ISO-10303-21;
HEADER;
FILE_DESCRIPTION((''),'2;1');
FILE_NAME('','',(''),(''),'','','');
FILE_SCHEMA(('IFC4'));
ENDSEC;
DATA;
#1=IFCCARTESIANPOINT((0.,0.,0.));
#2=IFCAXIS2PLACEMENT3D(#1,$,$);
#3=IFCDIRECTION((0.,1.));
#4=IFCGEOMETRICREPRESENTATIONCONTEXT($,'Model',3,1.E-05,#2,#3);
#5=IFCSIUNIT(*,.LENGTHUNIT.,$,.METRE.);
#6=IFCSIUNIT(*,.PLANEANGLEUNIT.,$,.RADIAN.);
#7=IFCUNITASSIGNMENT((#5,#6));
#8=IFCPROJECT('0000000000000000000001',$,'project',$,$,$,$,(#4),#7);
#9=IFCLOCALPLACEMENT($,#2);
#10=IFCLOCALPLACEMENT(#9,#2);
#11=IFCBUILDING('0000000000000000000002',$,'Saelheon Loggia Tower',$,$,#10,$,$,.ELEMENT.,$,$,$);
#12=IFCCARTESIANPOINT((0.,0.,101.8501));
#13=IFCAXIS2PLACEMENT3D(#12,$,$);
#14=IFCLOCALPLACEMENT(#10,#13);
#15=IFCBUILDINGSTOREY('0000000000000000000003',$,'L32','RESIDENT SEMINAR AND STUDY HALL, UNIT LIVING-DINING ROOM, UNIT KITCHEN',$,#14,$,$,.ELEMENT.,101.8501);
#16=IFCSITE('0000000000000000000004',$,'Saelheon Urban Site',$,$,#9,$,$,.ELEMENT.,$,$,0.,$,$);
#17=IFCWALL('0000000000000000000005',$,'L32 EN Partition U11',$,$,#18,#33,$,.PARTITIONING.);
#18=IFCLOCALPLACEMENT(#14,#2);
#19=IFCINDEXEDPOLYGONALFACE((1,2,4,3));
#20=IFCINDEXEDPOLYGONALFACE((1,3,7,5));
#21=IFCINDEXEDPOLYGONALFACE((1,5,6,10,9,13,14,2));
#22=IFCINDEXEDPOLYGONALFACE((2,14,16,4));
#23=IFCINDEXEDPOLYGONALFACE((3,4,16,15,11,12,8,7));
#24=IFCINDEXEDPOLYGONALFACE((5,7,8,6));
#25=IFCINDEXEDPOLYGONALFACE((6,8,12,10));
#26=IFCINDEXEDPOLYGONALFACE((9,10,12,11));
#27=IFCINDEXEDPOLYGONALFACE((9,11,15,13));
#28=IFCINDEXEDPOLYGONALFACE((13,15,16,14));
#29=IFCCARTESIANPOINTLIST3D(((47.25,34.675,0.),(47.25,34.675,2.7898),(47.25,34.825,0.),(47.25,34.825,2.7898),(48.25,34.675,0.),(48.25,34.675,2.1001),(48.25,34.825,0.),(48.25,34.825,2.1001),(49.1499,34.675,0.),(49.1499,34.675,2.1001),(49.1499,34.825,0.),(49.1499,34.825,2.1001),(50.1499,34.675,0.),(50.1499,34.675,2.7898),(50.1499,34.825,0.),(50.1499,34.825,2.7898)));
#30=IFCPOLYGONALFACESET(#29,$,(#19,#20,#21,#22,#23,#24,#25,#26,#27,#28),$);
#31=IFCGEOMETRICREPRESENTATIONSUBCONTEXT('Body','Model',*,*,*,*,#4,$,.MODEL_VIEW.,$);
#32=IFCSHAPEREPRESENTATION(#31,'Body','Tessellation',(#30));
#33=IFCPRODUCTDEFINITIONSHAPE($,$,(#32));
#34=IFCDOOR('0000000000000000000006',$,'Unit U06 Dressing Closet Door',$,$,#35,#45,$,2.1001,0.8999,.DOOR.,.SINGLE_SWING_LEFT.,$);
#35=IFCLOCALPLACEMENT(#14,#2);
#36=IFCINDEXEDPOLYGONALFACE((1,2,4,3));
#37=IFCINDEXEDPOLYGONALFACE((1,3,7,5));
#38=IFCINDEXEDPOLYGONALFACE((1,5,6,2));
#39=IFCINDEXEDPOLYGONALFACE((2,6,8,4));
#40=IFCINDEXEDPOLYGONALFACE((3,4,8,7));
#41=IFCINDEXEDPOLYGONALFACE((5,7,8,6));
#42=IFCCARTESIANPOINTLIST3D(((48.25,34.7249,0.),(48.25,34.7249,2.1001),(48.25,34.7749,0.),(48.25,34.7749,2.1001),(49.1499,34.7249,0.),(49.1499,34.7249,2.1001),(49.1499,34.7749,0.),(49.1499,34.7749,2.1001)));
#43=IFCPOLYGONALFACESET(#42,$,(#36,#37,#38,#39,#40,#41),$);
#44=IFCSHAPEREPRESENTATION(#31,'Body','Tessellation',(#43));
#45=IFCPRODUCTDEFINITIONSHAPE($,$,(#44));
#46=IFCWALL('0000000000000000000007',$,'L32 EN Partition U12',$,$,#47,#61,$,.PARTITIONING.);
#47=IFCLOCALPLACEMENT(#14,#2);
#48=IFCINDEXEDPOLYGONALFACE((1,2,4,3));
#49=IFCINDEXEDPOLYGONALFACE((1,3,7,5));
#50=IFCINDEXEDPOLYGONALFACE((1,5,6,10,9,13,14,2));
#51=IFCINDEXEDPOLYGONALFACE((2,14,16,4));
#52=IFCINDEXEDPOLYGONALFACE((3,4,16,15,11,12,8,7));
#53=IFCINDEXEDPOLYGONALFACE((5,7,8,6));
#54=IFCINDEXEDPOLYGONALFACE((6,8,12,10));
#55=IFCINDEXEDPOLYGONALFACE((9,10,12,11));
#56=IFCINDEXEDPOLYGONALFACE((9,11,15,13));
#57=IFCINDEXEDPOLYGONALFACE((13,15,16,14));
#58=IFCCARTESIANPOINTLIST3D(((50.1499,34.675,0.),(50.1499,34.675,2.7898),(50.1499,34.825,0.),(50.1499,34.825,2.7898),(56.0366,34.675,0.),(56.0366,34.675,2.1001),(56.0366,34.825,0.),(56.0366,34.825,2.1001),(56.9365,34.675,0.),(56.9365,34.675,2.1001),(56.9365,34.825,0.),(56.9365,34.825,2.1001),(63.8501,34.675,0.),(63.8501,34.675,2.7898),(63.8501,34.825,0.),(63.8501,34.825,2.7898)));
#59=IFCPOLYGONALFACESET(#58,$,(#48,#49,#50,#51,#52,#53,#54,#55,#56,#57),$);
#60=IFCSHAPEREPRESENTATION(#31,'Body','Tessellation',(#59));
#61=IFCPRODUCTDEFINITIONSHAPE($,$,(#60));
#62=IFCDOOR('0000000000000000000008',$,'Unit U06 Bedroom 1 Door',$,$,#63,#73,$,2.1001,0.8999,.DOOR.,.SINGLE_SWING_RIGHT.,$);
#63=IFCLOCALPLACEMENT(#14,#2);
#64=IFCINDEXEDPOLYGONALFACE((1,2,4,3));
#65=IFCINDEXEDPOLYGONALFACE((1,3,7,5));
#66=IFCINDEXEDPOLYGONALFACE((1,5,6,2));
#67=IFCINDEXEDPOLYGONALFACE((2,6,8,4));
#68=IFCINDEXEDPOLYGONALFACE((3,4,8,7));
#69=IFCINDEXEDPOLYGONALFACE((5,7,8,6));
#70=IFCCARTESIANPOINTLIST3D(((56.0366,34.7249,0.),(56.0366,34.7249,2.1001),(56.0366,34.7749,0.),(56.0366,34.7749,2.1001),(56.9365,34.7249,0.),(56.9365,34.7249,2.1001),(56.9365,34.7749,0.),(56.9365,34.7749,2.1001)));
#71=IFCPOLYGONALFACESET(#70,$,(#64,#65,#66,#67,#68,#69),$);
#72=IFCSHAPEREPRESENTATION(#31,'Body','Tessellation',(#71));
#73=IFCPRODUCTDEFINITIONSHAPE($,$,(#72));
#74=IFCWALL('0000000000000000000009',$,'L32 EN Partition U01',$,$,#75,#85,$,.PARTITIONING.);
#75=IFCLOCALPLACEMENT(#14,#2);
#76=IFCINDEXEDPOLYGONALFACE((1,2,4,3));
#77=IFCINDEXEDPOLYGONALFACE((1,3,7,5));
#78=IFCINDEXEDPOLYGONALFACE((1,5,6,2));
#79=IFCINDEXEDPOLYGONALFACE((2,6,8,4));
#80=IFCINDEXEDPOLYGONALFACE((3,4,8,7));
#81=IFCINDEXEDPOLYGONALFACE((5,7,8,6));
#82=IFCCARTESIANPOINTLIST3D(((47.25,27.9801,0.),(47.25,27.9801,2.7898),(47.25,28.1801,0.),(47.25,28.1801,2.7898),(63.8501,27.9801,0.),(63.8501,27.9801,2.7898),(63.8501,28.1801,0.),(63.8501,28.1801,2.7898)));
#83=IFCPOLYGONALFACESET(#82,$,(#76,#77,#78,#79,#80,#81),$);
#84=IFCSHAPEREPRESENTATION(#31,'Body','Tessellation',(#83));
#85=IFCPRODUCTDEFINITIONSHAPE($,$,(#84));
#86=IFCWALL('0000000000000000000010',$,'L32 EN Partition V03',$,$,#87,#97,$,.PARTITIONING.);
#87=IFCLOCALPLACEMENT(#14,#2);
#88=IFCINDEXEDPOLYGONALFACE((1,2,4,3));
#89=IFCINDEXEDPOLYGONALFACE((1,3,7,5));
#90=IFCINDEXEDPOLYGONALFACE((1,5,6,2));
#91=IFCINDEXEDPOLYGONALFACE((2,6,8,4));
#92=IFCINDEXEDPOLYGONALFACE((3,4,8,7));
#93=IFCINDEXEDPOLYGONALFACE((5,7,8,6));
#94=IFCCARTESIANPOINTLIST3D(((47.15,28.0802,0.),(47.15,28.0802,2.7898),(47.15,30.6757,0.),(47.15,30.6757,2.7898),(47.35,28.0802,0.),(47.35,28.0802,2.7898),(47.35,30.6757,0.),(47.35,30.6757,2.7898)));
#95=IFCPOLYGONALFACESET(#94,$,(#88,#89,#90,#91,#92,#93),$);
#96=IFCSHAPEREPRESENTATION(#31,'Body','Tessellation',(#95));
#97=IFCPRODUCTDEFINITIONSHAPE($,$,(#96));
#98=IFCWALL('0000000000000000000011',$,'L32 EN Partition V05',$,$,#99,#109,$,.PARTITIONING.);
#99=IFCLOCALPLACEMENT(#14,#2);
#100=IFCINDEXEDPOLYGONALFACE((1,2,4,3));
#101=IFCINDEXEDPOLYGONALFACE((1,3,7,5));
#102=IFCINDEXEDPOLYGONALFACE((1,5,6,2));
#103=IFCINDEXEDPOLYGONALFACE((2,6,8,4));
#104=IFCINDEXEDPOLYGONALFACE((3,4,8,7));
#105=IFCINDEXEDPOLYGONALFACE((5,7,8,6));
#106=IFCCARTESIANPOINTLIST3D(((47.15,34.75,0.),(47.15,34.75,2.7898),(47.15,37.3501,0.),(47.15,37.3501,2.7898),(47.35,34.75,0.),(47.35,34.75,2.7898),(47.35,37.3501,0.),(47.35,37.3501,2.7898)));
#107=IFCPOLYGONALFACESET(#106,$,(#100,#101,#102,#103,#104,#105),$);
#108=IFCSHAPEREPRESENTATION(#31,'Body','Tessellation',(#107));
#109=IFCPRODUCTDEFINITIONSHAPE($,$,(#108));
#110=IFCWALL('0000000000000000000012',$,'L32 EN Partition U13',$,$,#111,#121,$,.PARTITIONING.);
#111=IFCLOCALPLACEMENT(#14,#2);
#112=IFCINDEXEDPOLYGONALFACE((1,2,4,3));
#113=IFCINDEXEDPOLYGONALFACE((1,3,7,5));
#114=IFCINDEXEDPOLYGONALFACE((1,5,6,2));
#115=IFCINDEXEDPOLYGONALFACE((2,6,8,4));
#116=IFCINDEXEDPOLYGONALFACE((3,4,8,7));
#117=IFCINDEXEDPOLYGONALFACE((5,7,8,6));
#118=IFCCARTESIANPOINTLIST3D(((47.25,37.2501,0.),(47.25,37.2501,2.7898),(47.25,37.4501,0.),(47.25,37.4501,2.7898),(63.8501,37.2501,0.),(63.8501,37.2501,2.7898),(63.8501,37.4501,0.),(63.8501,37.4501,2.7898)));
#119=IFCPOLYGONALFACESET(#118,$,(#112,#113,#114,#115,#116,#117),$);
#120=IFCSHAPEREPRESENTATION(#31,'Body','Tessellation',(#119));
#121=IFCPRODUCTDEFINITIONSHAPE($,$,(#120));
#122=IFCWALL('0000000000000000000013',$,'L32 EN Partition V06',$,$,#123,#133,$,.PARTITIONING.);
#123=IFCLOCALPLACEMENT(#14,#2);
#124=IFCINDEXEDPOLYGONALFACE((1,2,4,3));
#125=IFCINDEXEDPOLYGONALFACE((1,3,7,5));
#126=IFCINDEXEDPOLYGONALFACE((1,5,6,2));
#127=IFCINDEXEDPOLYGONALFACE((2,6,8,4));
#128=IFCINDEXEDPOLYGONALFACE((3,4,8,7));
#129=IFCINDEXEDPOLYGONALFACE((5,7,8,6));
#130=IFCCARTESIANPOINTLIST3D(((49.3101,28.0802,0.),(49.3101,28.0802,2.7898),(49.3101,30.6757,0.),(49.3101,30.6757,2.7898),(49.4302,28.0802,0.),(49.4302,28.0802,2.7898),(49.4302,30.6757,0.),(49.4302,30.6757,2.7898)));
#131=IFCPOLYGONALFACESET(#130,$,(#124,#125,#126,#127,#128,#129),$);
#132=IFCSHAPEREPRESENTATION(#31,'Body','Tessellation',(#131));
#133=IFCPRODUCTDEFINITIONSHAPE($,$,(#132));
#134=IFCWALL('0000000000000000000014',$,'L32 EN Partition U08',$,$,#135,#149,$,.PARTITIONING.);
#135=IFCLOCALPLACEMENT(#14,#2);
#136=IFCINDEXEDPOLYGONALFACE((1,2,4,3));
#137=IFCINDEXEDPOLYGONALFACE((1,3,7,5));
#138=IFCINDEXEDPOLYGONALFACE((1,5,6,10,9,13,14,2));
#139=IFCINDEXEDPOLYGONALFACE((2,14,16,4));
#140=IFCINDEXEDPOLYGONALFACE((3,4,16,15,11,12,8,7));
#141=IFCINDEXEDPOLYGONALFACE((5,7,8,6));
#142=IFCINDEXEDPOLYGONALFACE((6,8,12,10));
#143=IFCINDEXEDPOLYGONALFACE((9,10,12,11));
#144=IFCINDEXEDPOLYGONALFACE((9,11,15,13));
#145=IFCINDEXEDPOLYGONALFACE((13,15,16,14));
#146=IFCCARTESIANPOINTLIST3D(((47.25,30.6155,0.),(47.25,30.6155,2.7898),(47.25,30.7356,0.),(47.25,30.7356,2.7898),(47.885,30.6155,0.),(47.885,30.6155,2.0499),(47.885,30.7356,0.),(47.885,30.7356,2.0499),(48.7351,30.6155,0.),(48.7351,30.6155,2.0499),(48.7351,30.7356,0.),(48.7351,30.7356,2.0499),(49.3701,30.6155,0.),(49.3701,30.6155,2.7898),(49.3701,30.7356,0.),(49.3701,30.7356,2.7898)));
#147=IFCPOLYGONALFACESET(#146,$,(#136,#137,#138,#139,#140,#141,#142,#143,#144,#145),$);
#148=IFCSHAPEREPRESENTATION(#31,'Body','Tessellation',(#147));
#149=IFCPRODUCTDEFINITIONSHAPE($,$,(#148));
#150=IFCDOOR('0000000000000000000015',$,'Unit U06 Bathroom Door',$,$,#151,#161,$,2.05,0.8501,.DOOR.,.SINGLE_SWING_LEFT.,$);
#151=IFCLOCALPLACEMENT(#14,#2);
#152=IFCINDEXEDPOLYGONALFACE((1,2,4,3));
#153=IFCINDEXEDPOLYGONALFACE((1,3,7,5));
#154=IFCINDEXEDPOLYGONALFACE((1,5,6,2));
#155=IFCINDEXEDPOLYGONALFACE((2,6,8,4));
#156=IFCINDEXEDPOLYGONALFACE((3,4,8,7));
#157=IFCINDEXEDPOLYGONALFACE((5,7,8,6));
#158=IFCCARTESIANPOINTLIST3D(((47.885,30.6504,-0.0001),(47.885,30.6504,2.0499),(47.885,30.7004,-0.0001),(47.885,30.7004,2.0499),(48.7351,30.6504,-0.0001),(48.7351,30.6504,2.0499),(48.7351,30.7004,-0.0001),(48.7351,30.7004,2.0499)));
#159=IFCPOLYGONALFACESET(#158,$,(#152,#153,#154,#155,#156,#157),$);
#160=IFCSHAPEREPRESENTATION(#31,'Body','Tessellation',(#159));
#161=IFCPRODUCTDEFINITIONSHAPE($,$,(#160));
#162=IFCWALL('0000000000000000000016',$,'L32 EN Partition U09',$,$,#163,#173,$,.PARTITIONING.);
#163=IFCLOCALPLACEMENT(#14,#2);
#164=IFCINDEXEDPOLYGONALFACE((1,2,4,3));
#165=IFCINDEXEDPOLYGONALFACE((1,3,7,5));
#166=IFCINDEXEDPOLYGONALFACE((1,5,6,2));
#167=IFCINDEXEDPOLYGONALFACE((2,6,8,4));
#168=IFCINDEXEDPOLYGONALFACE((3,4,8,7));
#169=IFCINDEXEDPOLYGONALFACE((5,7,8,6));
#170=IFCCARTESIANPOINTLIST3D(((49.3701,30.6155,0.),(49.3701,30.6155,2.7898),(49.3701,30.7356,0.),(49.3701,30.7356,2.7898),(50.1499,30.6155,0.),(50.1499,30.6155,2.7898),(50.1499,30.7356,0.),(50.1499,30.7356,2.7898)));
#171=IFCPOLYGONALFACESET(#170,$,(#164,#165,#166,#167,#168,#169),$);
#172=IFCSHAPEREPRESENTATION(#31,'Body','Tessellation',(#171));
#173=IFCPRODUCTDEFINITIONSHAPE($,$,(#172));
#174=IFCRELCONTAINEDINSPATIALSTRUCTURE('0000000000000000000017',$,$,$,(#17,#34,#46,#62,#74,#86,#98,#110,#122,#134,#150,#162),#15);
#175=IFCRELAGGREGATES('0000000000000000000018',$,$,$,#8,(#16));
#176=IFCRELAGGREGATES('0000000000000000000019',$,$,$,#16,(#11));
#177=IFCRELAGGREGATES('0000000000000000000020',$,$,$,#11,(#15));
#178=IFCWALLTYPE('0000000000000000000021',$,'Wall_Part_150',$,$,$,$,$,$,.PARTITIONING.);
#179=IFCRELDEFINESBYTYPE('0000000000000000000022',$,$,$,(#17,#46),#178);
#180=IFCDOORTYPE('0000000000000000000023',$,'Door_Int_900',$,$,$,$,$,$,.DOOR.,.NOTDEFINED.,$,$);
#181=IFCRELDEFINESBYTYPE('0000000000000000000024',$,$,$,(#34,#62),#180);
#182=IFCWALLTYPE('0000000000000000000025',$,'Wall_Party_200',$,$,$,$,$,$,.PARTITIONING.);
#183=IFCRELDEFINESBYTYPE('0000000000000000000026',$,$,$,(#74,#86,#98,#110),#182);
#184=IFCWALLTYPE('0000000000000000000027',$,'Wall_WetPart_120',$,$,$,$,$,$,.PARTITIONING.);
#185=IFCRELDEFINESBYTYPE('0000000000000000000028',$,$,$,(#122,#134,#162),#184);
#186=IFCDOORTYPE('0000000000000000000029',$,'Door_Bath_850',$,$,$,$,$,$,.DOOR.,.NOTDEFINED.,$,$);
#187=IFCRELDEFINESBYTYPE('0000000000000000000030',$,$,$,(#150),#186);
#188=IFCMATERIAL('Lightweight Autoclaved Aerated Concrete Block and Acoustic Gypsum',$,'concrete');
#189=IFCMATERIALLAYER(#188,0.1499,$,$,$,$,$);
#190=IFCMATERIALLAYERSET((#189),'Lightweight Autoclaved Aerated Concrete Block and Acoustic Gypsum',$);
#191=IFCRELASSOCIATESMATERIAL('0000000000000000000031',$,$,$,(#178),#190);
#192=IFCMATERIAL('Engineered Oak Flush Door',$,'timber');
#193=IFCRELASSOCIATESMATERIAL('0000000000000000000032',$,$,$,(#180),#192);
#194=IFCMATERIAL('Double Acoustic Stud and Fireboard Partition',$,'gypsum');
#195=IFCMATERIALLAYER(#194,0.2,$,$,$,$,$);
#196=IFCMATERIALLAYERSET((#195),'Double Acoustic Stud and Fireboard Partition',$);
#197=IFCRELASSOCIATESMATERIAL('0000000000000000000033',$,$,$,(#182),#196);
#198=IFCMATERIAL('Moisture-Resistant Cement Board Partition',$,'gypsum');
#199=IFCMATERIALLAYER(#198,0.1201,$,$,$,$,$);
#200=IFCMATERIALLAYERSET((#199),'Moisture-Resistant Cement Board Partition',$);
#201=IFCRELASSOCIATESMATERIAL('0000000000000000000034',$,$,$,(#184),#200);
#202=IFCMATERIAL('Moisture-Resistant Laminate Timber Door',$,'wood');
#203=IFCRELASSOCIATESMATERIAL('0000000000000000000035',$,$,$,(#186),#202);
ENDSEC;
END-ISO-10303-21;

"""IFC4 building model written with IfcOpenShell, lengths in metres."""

from ifc_helpers import new_model, si_unit, direction, frame, frame_2d, origin, place, context, subcontext, project, spatial, rectangle, extrude, source, transform, mapped, material, layer, layer_set, type_object, element, fill, save


model = new_model("IFC4")

# Units and contexts
model_context = context("Model", 3, precision=1e-05, world=origin(), true_north=direction((0.0, 1.0)))
body_context = subcontext(model_context, "Body", "Model", "MODEL_VIEW")
ifc_project = project(units=[si_unit("LENGTHUNIT", "METRE"), si_unit("PLANEANGLEUNIT", "RADIAN")], contexts=[model_context])

# Site, building, storey
site_placement = place(None, origin())
site = spatial("IfcSite", under=ifc_project, at=site_placement, Name="Saelheon Urban Site", CompositionType="ELEMENT", RefElevation=0.0)
building_placement = place(site_placement, origin())
building = spatial("IfcBuilding", under=site, at=building_placement, Name="Saelheon Loggia Tower", CompositionType="ELEMENT")
storey_placement = place(building_placement, frame((0.0, 0.0, 101.8501)))
storey = spatial("IfcBuildingStorey", under=building, at=storey_placement, Name="L32", Description="RESIDENT SEMINAR AND STUDY HALL, UNIT LIVING-DINING ROOM, UNIT KITCHEN", CompositionType="ELEMENT", Elevation=101.8501)

# Shared definitions
ifc_material_1 = material(Name="Lightweight Autoclaved Aerated Concrete Block and Acoustic Gypsum", Category="concrete")
ifc_layer_1 = layer(ifc_material_1, 0.1499)
ifc_layer_set_1 = layer_set([ifc_layer_1], Name="Lightweight Autoclaved Aerated Concrete Block and Acoustic Gypsum")
wall_type_1 = type_object("IfcWallType", Name="Wall_Part_150", PredefinedType="PARTITIONING", material=ifc_layer_set_1)

# Walls, openings, doors
ifc_material_2 = material(Name="Engineered Oak Flush Door", Category="timber")
door_type_1 = type_object("IfcDoorType", Name="Door_Int_900", OperationType="NOTDEFINED", PredefinedType="DOOR", material=ifc_material_2)
shared_shape_1 = source(origin(), body_context, "Body", "SweptSolid", [
    extrude(rectangle(XDim=0.8999, YDim=2.1001, at=frame_2d((0.45, 1.05))), frame((0.0, 0.0249, 0.0), z_axis=(0.0, -1.0, 0.0), x_axis=(1.0, 0.0, 0.0)), (0.0, 0.0, 1.0), 0.05),
])
wall_1_placement = place(storey_placement, frame((47.25, 34.75, 0.0), z_axis=(0.0, 0.0, 1.0), x_axis=(1.0, 0.0, 0.0)))
wall_1 = element("IfcWall", 1, at=wall_1_placement, inside=storey, type_object=wall_type_1, Name="L32 EN Partition U11", PredefinedType="PARTITIONING", context=body_context, shape_type="SweptSolid", body=[
    extrude(rectangle(XDim=2.8999, YDim=0.1499, at=frame_2d((1.45, 0.0))), origin(), (0.0, 0.0, 1.0), 2.7898),
])
opening_1_placement = place(wall_1_placement, frame((1.0, 0.0, 0.0)))
opening_1 = element("IfcOpeningElement", 2, at=opening_1_placement, cuts=wall_1, PredefinedType="OPENING", context=body_context, shape_type="SweptSolid", body=[
    extrude(rectangle(XDim=0.8999, YDim=2.1001, at=frame_2d((0.45, 1.05))), frame((0.0, 0.0869, 0.0), z_axis=(0.0, -1.0, 0.0), x_axis=(1.0, 0.0, 0.0)), (0.0, 0.0, 1.0), 0.1738),
])
door_1_placement = place(opening_1_placement, origin())
door_1 = element("IfcDoor", 3, at=door_1_placement, inside=storey, type_object=door_type_1, Name="Unit U06 Dressing Closet Door", OperationType="SINGLE_SWING_LEFT", OverallHeight=2.1001, OverallWidth=0.8999, PredefinedType="DOOR", context=body_context, shape_type="MappedRepresentation", body=[
    mapped(shared_shape_1, transform((0.0, 0.0, 0.0), scale=1.0)),
])
fill(opening_1, door_1)
wall_2_placement = place(storey_placement, frame((50.1499, 34.75, 0.0), z_axis=(0.0, 0.0, 1.0), x_axis=(1.0, 0.0, 0.0)))
wall_2 = element("IfcWall", 4, at=wall_2_placement, inside=storey, type_object=wall_type_1, Name="L32 EN Partition U12", PredefinedType="PARTITIONING", context=body_context, shape_type="SweptSolid", body=[
    extrude(rectangle(XDim=13.7002, YDim=0.1499, at=frame_2d((6.8501, 0.0))), origin(), (0.0, 0.0, 1.0), 2.7898),
])
opening_2_placement = place(wall_2_placement, frame((5.8867, 0.0, 0.0)))
opening_2 = element("IfcOpeningElement", 5, at=opening_2_placement, cuts=wall_2, PredefinedType="OPENING", context=body_context, shape_type="SweptSolid", body=[
    extrude(rectangle(XDim=0.8999, YDim=2.1001, at=frame_2d((0.45, 1.05))), frame((0.0, 0.0869, 0.0), z_axis=(0.0, -1.0, 0.0), x_axis=(1.0, 0.0, 0.0)), (0.0, 0.0, 1.0), 0.1738),
])
door_2_placement = place(opening_2_placement, origin())
door_2 = element("IfcDoor", 6, at=door_2_placement, inside=storey, type_object=door_type_1, Name="Unit U06 Bedroom 1 Door", OperationType="SINGLE_SWING_RIGHT", OverallHeight=2.1001, OverallWidth=0.8999, PredefinedType="DOOR", context=body_context, shape_type="MappedRepresentation", body=[
    mapped(shared_shape_1, transform((0.0, 0.0, 0.0), scale=1.0)),
])
fill(opening_2, door_2)

# Walls
ifc_material_3 = material(Name="Double Acoustic Stud and Fireboard Partition", Category="gypsum")
ifc_layer_2 = layer(ifc_material_3, 0.2)
ifc_layer_set_2 = layer_set([ifc_layer_2], Name="Double Acoustic Stud and Fireboard Partition")
wall_type_2 = type_object("IfcWallType", Name="Wall_Party_200", PredefinedType="PARTITIONING", material=ifc_layer_set_2)
wall_3_placement = place(storey_placement, frame((47.25, 28.0801, 0.0), z_axis=(0.0, 0.0, 1.0), x_axis=(1.0, 0.0, 0.0)))
element("IfcWall", 7, at=wall_3_placement, inside=storey, type_object=wall_type_2, Name="L32 EN Partition U01", PredefinedType="PARTITIONING", context=body_context, shape_type="SweptSolid", body=[
    extrude(rectangle(XDim=16.6001, YDim=0.2, at=frame_2d((8.3, 0.0))), origin(), (0.0, 0.0, 1.0), 2.7898),
])
wall_4_placement = place(storey_placement, frame((47.25, 28.0801, 0.0), z_axis=(0.0, 0.0, 1.0), x_axis=(0.0, 1.0, 0.0)))
element("IfcWall", 8, at=wall_4_placement, inside=storey, type_object=wall_type_2, Name="L32 EN Partition V03", PredefinedType="PARTITIONING", context=body_context, shape_type="SweptSolid", body=[
    extrude(rectangle(XDim=2.5955, YDim=0.2, at=frame_2d((1.2979, 0.0))), origin(), (0.0, 0.0, 1.0), 2.7898),
])

# Walls
wall_5_placement = place(storey_placement, frame((47.25, 34.75, 0.0), z_axis=(0.0, 0.0, 1.0), x_axis=(0.0, 1.0, 0.0)))
element("IfcWall", 9, at=wall_5_placement, inside=storey, type_object=wall_type_2, Name="L32 EN Partition V05", PredefinedType="PARTITIONING", context=body_context, shape_type="SweptSolid", body=[
    extrude(rectangle(XDim=2.6001, YDim=0.2, at=frame_2d((1.3, 0.0))), origin(), (0.0, 0.0, 1.0), 2.7898),
])
wall_6_placement = place(storey_placement, frame((47.25, 37.3501, 0.0), z_axis=(0.0, 0.0, 1.0), x_axis=(1.0, 0.0, 0.0)))
element("IfcWall", 10, at=wall_6_placement, inside=storey, type_object=wall_type_2, Name="L32 EN Partition U13", PredefinedType="PARTITIONING", context=body_context, shape_type="SweptSolid", body=[
    extrude(rectangle(XDim=16.6001, YDim=0.2, at=frame_2d((8.3, 0.0))), origin(), (0.0, 0.0, 1.0), 2.7898),
])
ifc_material_4 = material(Name="Moisture-Resistant Cement Board Partition", Category="gypsum")
ifc_layer_3 = layer(ifc_material_4, 0.1201)
ifc_layer_set_3 = layer_set([ifc_layer_3], Name="Moisture-Resistant Cement Board Partition")
wall_type_3 = type_object("IfcWallType", Name="Wall_WetPart_120", PredefinedType="PARTITIONING", material=ifc_layer_set_3)
wall_7_placement = place(storey_placement, frame((49.3701, 28.0801, 0.0), z_axis=(0.0, 0.0, 1.0), x_axis=(0.0, 1.0, 0.0)))
element("IfcWall", 11, at=wall_7_placement, inside=storey, type_object=wall_type_3, Name="L32 EN Partition V06", PredefinedType="PARTITIONING", context=body_context, shape_type="SweptSolid", body=[
    extrude(rectangle(XDim=2.5955, YDim=0.1201, at=frame_2d((1.2979, 0.0))), origin(), (0.0, 0.0, 1.0), 2.7898),
])

# Wall, opening, door
wall_8_placement = place(storey_placement, frame((47.25, 30.6755, 0.0), z_axis=(0.0, 0.0, 1.0), x_axis=(1.0, 0.0, 0.0)))
wall_8 = element("IfcWall", 12, at=wall_8_placement, inside=storey, type_object=wall_type_3, Name="L32 EN Partition U08", PredefinedType="PARTITIONING", context=body_context, shape_type="SweptSolid", body=[
    extrude(rectangle(XDim=2.1201, YDim=0.1201, at=frame_2d((1.0601, 0.0))), origin(), (0.0, 0.0, 1.0), 2.7898),
])
opening_3_placement = place(wall_8_placement, frame((0.635, 0.0, 0.0)))
opening_3 = element("IfcOpeningElement", 13, at=opening_3_placement, cuts=wall_8, PredefinedType="OPENING", context=body_context, shape_type="SweptSolid", body=[
    extrude(rectangle(XDim=0.8501, YDim=2.05, at=frame_2d((0.425, 1.0249))), frame((0.0, 0.072, 0.0), z_axis=(0.0, -1.0, 0.0), x_axis=(1.0, 0.0, 0.0)), (0.0, 0.0, 1.0), 0.144),
])
ifc_material_5 = material(Name="Moisture-Resistant Laminate Timber Door", Category="wood")
door_type_2 = type_object("IfcDoorType", Name="Door_Bath_850", OperationType="NOTDEFINED", PredefinedType="DOOR", material=ifc_material_5)
shared_shape_2 = source(origin(), body_context, "Body", "SweptSolid", [
    extrude(rectangle(XDim=0.8501, YDim=2.05, at=frame_2d((0.425, 1.0249))), frame((0.0, 0.0249, 0.0), z_axis=(0.0, -1.0, 0.0), x_axis=(1.0, 0.0, 0.0)), (0.0, 0.0, 1.0), 0.05),
])
door_3_placement = place(opening_3_placement, origin())
door_3 = element("IfcDoor", 14, at=door_3_placement, inside=storey, type_object=door_type_2, Name="Unit U06 Bathroom Door", OperationType="SINGLE_SWING_LEFT", OverallHeight=2.05, OverallWidth=0.8501, PredefinedType="DOOR", context=body_context, shape_type="MappedRepresentation", body=[
    mapped(shared_shape_2, transform((0.0, 0.0, 0.0), scale=1.0)),
])
fill(opening_3, door_3)

# Wall
wall_9_placement = place(storey_placement, frame((49.3701, 30.6755, 0.0), z_axis=(0.0, 0.0, 1.0), x_axis=(1.0, 0.0, 0.0)))
element("IfcWall", 15, at=wall_9_placement, inside=storey, type_object=wall_type_3, Name="L32 EN Partition U09", PredefinedType="PARTITIONING", context=body_context, shape_type="SweptSolid", body=[
    extrude(rectangle(XDim=0.7798, YDim=0.1201, at=frame_2d((0.3899, 0.0))), origin(), (0.0, 0.0, 1.0), 2.7898),
])

save(model, "model.ifc")
